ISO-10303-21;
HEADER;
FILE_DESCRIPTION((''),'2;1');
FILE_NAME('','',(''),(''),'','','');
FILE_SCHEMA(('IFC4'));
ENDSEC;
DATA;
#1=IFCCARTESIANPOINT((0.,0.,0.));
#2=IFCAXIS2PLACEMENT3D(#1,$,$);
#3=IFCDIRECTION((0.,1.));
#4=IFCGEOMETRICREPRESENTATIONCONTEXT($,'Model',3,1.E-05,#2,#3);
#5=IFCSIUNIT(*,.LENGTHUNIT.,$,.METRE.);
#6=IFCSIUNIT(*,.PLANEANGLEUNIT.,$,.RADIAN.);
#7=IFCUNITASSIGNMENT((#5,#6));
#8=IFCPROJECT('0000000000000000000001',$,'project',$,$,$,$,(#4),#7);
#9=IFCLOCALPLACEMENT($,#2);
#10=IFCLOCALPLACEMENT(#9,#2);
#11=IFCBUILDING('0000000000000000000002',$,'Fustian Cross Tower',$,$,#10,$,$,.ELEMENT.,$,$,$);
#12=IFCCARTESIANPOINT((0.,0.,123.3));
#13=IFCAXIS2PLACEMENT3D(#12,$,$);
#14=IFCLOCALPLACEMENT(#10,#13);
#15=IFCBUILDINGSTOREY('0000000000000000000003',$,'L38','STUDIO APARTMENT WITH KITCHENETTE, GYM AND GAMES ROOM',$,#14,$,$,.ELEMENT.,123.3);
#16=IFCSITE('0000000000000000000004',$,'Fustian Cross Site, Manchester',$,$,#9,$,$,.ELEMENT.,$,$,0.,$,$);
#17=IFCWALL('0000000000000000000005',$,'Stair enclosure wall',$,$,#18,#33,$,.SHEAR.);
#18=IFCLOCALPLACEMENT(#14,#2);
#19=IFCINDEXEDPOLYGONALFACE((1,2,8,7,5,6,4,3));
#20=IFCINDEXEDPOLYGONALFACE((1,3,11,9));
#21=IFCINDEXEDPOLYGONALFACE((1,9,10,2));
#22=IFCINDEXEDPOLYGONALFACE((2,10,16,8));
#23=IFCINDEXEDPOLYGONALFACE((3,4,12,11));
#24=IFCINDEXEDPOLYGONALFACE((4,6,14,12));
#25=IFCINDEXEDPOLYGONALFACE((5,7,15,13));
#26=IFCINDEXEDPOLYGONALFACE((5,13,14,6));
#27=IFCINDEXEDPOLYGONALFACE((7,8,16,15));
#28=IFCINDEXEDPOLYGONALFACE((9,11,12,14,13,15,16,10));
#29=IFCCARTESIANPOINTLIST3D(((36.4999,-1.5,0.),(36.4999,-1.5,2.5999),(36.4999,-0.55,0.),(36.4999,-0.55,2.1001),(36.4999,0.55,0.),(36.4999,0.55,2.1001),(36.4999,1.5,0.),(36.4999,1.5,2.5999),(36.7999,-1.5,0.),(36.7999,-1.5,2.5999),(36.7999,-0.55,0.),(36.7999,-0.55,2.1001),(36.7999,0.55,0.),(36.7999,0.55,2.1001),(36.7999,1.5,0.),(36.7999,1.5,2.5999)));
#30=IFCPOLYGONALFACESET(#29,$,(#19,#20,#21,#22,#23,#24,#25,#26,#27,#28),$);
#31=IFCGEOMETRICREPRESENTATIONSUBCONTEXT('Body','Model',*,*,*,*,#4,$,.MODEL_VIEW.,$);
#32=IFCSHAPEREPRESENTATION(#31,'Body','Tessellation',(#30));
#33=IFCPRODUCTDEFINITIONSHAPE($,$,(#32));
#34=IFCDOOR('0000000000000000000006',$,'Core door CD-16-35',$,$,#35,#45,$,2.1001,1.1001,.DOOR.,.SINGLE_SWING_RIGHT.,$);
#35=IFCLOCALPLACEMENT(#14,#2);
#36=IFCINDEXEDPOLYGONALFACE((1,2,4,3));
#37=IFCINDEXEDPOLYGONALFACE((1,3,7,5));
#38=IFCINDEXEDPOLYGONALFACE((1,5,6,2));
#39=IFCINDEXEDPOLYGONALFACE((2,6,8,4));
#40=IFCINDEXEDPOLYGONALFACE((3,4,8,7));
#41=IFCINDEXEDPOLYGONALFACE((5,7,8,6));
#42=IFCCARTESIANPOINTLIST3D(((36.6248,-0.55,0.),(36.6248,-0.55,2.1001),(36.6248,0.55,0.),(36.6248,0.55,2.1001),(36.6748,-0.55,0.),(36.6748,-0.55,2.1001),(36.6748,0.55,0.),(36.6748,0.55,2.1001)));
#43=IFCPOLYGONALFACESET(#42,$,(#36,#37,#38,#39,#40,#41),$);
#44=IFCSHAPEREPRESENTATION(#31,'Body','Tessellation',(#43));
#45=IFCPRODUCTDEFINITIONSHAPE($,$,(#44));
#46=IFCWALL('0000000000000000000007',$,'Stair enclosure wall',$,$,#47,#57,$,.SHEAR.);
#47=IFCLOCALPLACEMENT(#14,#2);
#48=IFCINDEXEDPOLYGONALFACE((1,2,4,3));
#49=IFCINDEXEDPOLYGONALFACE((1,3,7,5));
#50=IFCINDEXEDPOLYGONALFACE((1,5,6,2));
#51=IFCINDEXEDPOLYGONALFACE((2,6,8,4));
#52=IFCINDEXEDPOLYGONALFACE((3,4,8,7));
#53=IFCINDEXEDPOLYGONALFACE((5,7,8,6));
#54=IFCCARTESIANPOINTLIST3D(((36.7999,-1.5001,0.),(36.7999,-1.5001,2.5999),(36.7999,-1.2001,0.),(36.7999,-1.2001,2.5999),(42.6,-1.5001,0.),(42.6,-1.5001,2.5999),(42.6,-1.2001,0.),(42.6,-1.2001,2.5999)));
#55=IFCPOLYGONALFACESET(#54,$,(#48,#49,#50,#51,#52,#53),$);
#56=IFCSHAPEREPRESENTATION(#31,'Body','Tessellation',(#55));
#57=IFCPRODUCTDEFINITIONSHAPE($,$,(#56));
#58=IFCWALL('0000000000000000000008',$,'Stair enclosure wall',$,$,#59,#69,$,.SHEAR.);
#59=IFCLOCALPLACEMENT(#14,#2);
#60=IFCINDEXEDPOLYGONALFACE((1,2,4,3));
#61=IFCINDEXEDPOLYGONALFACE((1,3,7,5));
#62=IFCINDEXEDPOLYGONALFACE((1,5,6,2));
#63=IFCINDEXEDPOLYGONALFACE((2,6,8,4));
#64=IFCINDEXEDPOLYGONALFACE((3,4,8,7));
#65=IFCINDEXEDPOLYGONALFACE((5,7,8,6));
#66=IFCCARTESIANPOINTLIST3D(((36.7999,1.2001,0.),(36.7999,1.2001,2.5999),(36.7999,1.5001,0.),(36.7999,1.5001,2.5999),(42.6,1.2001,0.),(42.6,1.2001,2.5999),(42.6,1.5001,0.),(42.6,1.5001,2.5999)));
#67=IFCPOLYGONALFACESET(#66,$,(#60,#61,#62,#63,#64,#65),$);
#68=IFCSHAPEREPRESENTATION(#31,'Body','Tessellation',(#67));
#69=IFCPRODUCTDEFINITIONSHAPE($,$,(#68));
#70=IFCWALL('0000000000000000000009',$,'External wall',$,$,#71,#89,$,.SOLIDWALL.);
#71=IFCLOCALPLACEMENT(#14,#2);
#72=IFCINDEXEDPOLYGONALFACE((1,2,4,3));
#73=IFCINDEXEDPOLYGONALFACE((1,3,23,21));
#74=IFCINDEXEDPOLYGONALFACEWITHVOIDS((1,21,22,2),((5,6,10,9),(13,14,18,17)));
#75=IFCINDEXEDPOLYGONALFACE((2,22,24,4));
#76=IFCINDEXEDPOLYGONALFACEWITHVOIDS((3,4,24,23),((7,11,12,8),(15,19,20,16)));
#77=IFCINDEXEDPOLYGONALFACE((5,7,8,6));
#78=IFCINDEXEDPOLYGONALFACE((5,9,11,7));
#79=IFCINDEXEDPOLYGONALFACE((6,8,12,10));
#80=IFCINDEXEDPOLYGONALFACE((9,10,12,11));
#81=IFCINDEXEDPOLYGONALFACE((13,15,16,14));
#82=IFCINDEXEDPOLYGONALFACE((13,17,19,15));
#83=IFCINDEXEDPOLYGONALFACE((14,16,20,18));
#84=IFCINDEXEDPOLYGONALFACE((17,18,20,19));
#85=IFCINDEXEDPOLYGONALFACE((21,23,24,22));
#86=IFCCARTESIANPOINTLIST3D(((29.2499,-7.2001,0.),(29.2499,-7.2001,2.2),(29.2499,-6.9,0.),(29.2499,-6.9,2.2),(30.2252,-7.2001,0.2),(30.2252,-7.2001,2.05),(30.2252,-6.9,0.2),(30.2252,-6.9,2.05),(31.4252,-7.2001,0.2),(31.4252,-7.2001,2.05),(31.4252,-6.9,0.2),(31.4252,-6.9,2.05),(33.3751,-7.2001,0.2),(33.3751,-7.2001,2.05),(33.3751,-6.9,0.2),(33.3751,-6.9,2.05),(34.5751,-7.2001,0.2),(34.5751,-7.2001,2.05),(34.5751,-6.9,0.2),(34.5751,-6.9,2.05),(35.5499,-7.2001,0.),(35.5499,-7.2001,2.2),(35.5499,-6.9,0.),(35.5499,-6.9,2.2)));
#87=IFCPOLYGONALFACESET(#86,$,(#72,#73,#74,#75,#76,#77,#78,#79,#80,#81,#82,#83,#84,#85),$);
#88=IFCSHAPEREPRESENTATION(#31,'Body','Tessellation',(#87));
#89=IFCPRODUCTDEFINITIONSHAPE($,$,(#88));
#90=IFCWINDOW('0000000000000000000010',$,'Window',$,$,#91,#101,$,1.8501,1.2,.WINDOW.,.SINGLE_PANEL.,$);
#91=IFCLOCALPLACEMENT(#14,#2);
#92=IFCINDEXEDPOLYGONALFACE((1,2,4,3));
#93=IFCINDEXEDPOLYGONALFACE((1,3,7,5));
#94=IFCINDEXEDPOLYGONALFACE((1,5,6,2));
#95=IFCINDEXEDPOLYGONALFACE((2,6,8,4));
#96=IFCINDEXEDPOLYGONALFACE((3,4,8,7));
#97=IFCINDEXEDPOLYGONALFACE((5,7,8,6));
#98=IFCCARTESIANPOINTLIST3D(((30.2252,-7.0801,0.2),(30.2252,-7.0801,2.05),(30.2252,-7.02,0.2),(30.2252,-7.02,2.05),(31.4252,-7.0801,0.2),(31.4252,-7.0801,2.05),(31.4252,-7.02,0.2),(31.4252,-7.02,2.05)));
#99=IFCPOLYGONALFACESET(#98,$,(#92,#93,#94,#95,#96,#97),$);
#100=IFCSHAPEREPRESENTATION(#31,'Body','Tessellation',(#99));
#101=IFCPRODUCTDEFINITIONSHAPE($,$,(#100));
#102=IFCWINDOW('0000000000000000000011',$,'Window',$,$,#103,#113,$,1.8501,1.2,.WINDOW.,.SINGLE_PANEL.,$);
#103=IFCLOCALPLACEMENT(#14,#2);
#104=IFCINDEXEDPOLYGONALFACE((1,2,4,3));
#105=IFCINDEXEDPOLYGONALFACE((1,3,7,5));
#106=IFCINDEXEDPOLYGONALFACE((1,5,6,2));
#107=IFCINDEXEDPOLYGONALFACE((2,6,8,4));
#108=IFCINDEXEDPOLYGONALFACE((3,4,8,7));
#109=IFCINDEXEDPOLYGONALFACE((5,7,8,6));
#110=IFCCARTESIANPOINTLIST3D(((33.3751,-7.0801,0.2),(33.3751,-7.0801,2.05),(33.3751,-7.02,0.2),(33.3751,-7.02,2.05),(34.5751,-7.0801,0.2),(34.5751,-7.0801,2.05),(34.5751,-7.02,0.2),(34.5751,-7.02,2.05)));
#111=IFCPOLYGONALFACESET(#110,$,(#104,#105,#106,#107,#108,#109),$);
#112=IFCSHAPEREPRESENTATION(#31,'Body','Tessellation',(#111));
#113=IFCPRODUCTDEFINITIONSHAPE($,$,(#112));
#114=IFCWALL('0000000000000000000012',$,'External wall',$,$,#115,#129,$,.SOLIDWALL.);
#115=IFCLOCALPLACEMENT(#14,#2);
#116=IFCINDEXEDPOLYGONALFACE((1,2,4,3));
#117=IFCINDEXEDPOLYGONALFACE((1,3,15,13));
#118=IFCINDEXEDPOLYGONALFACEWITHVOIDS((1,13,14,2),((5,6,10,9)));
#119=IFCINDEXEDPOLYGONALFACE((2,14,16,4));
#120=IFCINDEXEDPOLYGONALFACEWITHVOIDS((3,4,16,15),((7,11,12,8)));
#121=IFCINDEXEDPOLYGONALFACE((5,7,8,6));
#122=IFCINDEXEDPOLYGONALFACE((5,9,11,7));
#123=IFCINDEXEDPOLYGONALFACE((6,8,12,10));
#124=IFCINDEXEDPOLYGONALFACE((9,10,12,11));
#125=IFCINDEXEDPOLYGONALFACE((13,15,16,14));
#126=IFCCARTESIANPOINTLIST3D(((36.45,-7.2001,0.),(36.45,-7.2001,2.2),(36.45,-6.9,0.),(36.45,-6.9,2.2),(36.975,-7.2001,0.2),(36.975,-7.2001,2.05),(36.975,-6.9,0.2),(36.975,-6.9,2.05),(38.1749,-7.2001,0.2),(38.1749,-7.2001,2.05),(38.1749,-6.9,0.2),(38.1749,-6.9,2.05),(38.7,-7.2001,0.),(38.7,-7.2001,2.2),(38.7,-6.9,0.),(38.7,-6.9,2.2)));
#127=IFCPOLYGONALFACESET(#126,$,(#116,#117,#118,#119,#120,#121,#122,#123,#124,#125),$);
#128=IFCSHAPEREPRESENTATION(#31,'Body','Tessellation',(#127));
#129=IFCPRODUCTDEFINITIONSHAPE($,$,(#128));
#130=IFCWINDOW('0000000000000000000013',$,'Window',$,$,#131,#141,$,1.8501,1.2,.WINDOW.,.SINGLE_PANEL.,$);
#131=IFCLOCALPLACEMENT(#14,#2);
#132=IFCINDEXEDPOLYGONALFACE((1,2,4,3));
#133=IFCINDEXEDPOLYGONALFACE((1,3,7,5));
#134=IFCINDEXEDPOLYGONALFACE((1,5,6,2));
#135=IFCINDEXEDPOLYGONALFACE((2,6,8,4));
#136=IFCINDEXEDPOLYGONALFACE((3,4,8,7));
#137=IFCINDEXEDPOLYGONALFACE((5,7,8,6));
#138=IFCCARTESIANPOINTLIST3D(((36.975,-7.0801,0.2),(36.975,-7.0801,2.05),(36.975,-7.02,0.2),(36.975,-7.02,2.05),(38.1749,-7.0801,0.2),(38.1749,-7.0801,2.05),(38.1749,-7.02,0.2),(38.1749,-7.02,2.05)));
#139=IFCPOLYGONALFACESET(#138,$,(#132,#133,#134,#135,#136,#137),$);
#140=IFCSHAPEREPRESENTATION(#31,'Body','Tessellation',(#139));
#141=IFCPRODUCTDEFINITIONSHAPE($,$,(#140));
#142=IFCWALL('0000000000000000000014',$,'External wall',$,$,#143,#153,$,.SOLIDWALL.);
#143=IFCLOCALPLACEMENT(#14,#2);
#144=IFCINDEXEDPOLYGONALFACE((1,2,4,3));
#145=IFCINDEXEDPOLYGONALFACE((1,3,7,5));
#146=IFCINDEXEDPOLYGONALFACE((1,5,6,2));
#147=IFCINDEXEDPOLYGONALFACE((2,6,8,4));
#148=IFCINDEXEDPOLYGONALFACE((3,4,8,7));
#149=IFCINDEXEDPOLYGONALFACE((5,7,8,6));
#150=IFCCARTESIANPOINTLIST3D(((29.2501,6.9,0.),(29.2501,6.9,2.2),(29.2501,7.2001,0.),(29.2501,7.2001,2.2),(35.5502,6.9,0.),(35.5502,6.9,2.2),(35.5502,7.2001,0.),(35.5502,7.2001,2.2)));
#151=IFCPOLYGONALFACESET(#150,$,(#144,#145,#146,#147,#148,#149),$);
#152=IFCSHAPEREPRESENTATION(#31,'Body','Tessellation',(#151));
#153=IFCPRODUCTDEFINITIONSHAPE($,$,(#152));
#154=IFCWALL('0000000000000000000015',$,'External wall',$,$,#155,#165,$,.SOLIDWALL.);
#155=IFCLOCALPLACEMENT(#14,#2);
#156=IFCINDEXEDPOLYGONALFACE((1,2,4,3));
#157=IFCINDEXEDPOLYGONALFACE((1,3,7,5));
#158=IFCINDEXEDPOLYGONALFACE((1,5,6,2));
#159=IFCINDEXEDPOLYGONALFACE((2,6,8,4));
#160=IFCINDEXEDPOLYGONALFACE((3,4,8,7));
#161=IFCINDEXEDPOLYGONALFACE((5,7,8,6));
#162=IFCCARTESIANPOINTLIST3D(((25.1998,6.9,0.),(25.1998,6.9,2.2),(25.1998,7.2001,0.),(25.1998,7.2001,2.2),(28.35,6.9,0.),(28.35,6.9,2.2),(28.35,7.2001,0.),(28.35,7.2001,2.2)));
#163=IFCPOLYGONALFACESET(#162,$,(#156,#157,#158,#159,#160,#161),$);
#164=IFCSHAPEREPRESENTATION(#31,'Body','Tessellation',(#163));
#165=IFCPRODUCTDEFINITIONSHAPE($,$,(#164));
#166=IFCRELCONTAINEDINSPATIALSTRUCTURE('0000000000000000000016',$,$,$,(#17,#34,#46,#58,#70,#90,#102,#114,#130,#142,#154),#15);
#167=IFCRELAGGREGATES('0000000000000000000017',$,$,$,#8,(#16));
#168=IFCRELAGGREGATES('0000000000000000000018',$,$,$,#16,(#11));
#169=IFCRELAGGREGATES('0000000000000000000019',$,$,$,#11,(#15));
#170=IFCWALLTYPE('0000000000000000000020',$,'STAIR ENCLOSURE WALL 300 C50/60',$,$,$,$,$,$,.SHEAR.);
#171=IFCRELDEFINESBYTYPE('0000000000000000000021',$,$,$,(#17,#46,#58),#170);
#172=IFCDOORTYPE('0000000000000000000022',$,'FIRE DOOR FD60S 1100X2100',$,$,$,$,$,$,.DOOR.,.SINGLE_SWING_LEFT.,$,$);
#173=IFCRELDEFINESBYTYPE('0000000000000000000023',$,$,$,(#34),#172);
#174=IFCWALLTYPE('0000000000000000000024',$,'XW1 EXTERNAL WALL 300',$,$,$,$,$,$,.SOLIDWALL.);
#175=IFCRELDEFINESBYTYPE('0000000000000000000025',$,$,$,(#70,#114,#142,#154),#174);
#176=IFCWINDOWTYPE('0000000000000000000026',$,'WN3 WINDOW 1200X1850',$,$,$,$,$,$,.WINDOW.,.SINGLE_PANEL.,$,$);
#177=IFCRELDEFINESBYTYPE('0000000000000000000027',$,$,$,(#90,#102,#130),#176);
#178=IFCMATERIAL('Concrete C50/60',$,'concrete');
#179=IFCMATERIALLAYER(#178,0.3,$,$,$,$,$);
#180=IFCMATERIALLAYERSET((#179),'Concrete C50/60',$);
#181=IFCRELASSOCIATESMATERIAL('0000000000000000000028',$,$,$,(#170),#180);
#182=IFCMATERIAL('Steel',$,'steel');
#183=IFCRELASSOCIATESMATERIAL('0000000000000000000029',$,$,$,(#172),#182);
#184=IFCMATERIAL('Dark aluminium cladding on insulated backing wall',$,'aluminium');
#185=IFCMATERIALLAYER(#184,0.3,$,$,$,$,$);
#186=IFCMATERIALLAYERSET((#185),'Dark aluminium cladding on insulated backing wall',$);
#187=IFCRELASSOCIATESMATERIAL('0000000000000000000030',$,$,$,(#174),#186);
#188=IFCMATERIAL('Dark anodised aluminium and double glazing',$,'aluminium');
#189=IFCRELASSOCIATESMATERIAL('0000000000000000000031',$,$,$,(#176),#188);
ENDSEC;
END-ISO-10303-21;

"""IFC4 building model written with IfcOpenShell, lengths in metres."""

from ifc_helpers import new_model, si_unit, direction, frame, frame_2d, origin, place, context, subcontext, project, spatial, rectangle, extrude, material, layer, layer_set, type_object, element, fill, save


model = new_model("IFC4")

# Units and contexts
model_context = context("Model", 3, precision=1e-05, world=origin(), true_north=direction((0.0, 1.0)))
body_context = subcontext(model_context, "Body", "Model", "MODEL_VIEW")
ifc_project = project(units=[si_unit("LENGTHUNIT", "METRE"), si_unit("PLANEANGLEUNIT", "RADIAN")], contexts=[model_context])

# Site, building, storey
site_placement = place(None, origin())
site = spatial("IfcSite", under=ifc_project, at=site_placement, Name="Fustian Cross Site, Manchester", CompositionType="ELEMENT", RefElevation=0.0)
building_placement = place(site_placement, origin())
building = spatial("IfcBuilding", under=site, at=building_placement, Name="Fustian Cross Tower", CompositionType="ELEMENT")
storey_placement = place(building_placement, frame((0.0, 0.0, 123.3)))
storey = spatial("IfcBuildingStorey", under=building, at=storey_placement, Name="L38", Description="STUDIO APARTMENT WITH KITCHENETTE, GYM AND GAMES ROOM", CompositionType="ELEMENT", Elevation=123.3)

# Wall, opening, door
ifc_material_1 = material(Name="Concrete C50/60", Category="concrete")
ifc_layer_1 = layer(ifc_material_1, 0.3)
ifc_layer_set_1 = layer_set([ifc_layer_1], Name="Concrete C50/60")
wall_type_1 = type_object("IfcWallType", Name="STAIR ENCLOSURE WALL 300 C50/60", PredefinedType="SHEAR", material=ifc_layer_set_1)
wall_1_placement = place(storey_placement, frame((36.6499, -1.5, 0.0), z_axis=(0.0, 0.0, 1.0), x_axis=(0.0, 1.0, 0.0)))
wall_1 = element("IfcWall", 1, at=wall_1_placement, inside=storey, type_object=wall_type_1, Name="Stair enclosure wall", PredefinedType="SHEAR", context=body_context, shape_type="SweptSolid", body=[
    extrude(rectangle(XDim=3.0, YDim=0.3, at=frame_2d((1.5, 0.0))), origin(), (0.0, 0.0, 1.0), 2.5999),
])
opening_1_placement = place(wall_1_placement, frame((0.95, 0.0, 0.0)))
opening_1 = element("IfcOpeningElement", 2, at=opening_1_placement, cuts=wall_1, PredefinedType="OPENING", context=body_context, shape_type="SweptSolid", body=[
    extrude(rectangle(XDim=1.1001, YDim=2.1001, at=frame_2d((0.55, 1.05))), frame((0.0, 0.1599, 0.0), z_axis=(0.0, -1.0, 0.0), x_axis=(1.0, 0.0, 0.0)), (0.0, 0.0, 1.0), 0.3201),
])
ifc_material_2 = material(Name="Steel", Category="steel")
door_type_1 = type_object("IfcDoorType", Name="FIRE DOOR FD60S 1100X2100", OperationType="SINGLE_SWING_LEFT", PredefinedType="DOOR", material=ifc_material_2)
door_1_placement = place(opening_1_placement, frame((1.1001, 0.0, 0.0), z_axis=(0.0, 0.0, 1.0), x_axis=(-1.0, 0.0, 0.0)))
door_1 = element("IfcDoor", 3, at=door_1_placement, inside=storey, type_object=door_type_1, Name="Core door CD-16-35", OperationType="SINGLE_SWING_RIGHT", OverallHeight=2.1001, OverallWidth=1.1001, PredefinedType="DOOR", context=body_context, shape_type="SweptSolid", body=[
    extrude(rectangle(XDim=1.1001, YDim=2.1001, at=frame_2d((0.55, 1.05))), frame((0.0, 0.0249, 0.0), z_axis=(0.0, -1.0, 0.0), x_axis=(1.0, 0.0, 0.0)), (0.0, 0.0, 1.0), 0.05),
])
fill(opening_1, door_1)

# Walls
for number, where, z_axis, x_axis, name in (
    (4, (36.8, -1.3501, 0.0), (0.0, 0.0, 1.0), (1.0, 0.0, 0.0), "Stair enclosure wall"),
    (5, (36.8, 1.3501, 0.0), (0.0, 0.0, 1.0), (1.0, 0.0, 0.0), "Stair enclosure wall"),
):
    element("IfcWall", number, at=place(storey_placement, frame(where, z_axis=z_axis, x_axis=x_axis)), inside=storey, type_object=wall_type_1, Name=name, PredefinedType="SHEAR", context=body_context, shape_type="SweptSolid", body=[
        extrude(rectangle(XDim=5.8, YDim=0.3, at=frame_2d((2.8999, 0.0))), origin(), (0.0, 0.0, 1.0), 2.5999),
    ])

# Wall, openings, windows
ifc_material_3 = material(Name="Dark aluminium cladding on insulated backing wall", Category="aluminium")
ifc_layer_2 = layer(ifc_material_3, 0.3)
ifc_layer_set_2 = layer_set([ifc_layer_2], Name="Dark aluminium cladding on insulated backing wall")
wall_type_2 = type_object("IfcWallType", Name="XW1 EXTERNAL WALL 300", PredefinedType="SOLIDWALL", material=ifc_layer_set_2)
wall_2_placement = place(storey_placement, frame((29.25, -7.05, 0.0), z_axis=(0.0, 0.0, 1.0), x_axis=(1.0, 0.0, 0.0)))
wall_2 = element("IfcWall", 6, at=wall_2_placement, inside=storey, type_object=wall_type_2, Name="External wall", PredefinedType="SOLIDWALL", context=body_context, shape_type="SweptSolid", body=[
    extrude(rectangle(XDim=6.3, YDim=0.3, at=frame_2d((3.1499, 0.0))), origin(), (0.0, 0.0, 1.0), 2.2),
])
opening_2_placement = place(wall_2_placement, frame((0.9751, 0.0, 0.2)))
opening_2 = element("IfcOpeningElement", 7, at=opening_2_placement, cuts=wall_2, PredefinedType="OPENING", context=body_context, shape_type="SweptSolid", body=[
    extrude(rectangle(XDim=1.2, YDim=1.8501, at=frame_2d((0.6001, 0.925))), frame((0.0, 0.1599, 0.0), z_axis=(0.0, -1.0, 0.0), x_axis=(1.0, 0.0, 0.0)), (0.0, 0.0, 1.0), 0.3201),
])
opening_3_placement = place(wall_2_placement, frame((4.125, 0.0, 0.2)))
opening_3 = element("IfcOpeningElement", 8, at=opening_3_placement, cuts=wall_2, PredefinedType="OPENING", context=body_context, shape_type="SweptSolid", body=[
    extrude(rectangle(XDim=1.2, YDim=1.8501, at=frame_2d((0.6001, 0.925))), frame((0.0, 0.1599, 0.0), z_axis=(0.0, -1.0, 0.0), x_axis=(1.0, 0.0, 0.0)), (0.0, 0.0, 1.0), 0.3201),
])
ifc_material_4 = material(Name="Dark anodised aluminium and double glazing", Category="aluminium")
window_type = type_object("IfcWindowType", Name="WN3 WINDOW 1200X1850", PartitioningType="SINGLE_PANEL", PredefinedType="WINDOW", material=ifc_material_4)
window_1_placement = place(opening_2_placement, origin())
window_1 = element("IfcWindow", 9, at=window_1_placement, inside=storey, type_object=window_type, Name="Window", OverallHeight=1.8501, OverallWidth=1.2, PartitioningType="SINGLE_PANEL", PredefinedType="WINDOW", context=body_context, shape_type="SweptSolid", body=[
    extrude(rectangle(XDim=1.2, YDim=1.8501, at=frame_2d((0.6001, 0.925))), frame((0.0, 0.03, 0.0), z_axis=(0.0, -1.0, 0.0), x_axis=(1.0, 0.0, 0.0)), (0.0, 0.0, 1.0), 0.0601),
])
fill(opening_2, window_1)
window_2_placement = place(opening_3_placement, origin())
window_2 = element("IfcWindow", 10, at=window_2_placement, inside=storey, type_object=window_type, Name="Window", OverallHeight=1.8501, OverallWidth=1.2, PartitioningType="SINGLE_PANEL", PredefinedType="WINDOW", context=body_context, shape_type="SweptSolid", body=[
    extrude(rectangle(XDim=1.2, YDim=1.8501, at=frame_2d((0.6001, 0.925))), frame((0.0, 0.03, 0.0), z_axis=(0.0, -1.0, 0.0), x_axis=(1.0, 0.0, 0.0)), (0.0, 0.0, 1.0), 0.0601),
])
fill(opening_3, window_2)

# Wall, opening, window
wall_3_placement = place(storey_placement, frame((36.45, -7.05, 0.0), z_axis=(0.0, 0.0, 1.0), x_axis=(1.0, 0.0, 0.0)))
wall_3 = element("IfcWall", 11, at=wall_3_placement, inside=storey, type_object=wall_type_2, Name="External wall", PredefinedType="SOLIDWALL", context=body_context, shape_type="SweptSolid", body=[
    extrude(rectangle(XDim=2.25, YDim=0.3, at=frame_2d((1.125, 0.0))), origin(), (0.0, 0.0, 1.0), 2.2),
])
opening_4_placement = place(wall_3_placement, frame((0.5249, 0.0, 0.2)))
opening_4 = element("IfcOpeningElement", 12, at=opening_4_placement, cuts=wall_3, PredefinedType="OPENING", context=body_context, shape_type="SweptSolid", body=[
    extrude(rectangle(XDim=1.2, YDim=1.8501, at=frame_2d((0.6001, 0.925))), frame((0.0, 0.1599, 0.0), z_axis=(0.0, -1.0, 0.0), x_axis=(1.0, 0.0, 0.0)), (0.0, 0.0, 1.0), 0.3201),
])
window_3_placement = place(opening_4_placement, origin())
window_3 = element("IfcWindow", 13, at=window_3_placement, inside=storey, type_object=window_type, Name="Window", OverallHeight=1.8501, OverallWidth=1.2, PartitioningType="SINGLE_PANEL", PredefinedType="WINDOW", context=body_context, shape_type="SweptSolid", body=[
    extrude(rectangle(XDim=1.2, YDim=1.8501, at=frame_2d((0.6001, 0.925))), frame((0.0, 0.03, 0.0), z_axis=(0.0, -1.0, 0.0), x_axis=(1.0, 0.0, 0.0)), (0.0, 0.0, 1.0), 0.0601),
])
fill(opening_4, window_3)

# Walls
wall_4_placement = place(storey_placement, frame((35.55, 7.05, 0.0), z_axis=(0.0, 0.0, 1.0), x_axis=(-1.0, 0.0, 0.0)))
element("IfcWall", 14, at=wall_4_placement, inside=storey, type_object=wall_type_2, Name="External wall", PredefinedType="SOLIDWALL", context=body_context, shape_type="SweptSolid", body=[
    extrude(rectangle(XDim=6.3, YDim=0.3, at=frame_2d((3.1499, 0.0))), origin(), (0.0, 0.0, 1.0), 2.2),
])
wall_5_placement = place(storey_placement, frame((28.3501, 7.05, 0.0), z_axis=(0.0, 0.0, 1.0), x_axis=(-1.0, 0.0, 0.0)))
element("IfcWall", 15, at=wall_5_placement, inside=storey, type_object=wall_type_2, Name="External wall", PredefinedType="SOLIDWALL", context=body_context, shape_type="SweptSolid", body=[
    extrude(rectangle(XDim=3.1501, YDim=0.3, at=frame_2d((1.5752, 0.0))), origin(), (0.0, 0.0, 1.0), 2.2),
])

save(model, "model.ifc")
